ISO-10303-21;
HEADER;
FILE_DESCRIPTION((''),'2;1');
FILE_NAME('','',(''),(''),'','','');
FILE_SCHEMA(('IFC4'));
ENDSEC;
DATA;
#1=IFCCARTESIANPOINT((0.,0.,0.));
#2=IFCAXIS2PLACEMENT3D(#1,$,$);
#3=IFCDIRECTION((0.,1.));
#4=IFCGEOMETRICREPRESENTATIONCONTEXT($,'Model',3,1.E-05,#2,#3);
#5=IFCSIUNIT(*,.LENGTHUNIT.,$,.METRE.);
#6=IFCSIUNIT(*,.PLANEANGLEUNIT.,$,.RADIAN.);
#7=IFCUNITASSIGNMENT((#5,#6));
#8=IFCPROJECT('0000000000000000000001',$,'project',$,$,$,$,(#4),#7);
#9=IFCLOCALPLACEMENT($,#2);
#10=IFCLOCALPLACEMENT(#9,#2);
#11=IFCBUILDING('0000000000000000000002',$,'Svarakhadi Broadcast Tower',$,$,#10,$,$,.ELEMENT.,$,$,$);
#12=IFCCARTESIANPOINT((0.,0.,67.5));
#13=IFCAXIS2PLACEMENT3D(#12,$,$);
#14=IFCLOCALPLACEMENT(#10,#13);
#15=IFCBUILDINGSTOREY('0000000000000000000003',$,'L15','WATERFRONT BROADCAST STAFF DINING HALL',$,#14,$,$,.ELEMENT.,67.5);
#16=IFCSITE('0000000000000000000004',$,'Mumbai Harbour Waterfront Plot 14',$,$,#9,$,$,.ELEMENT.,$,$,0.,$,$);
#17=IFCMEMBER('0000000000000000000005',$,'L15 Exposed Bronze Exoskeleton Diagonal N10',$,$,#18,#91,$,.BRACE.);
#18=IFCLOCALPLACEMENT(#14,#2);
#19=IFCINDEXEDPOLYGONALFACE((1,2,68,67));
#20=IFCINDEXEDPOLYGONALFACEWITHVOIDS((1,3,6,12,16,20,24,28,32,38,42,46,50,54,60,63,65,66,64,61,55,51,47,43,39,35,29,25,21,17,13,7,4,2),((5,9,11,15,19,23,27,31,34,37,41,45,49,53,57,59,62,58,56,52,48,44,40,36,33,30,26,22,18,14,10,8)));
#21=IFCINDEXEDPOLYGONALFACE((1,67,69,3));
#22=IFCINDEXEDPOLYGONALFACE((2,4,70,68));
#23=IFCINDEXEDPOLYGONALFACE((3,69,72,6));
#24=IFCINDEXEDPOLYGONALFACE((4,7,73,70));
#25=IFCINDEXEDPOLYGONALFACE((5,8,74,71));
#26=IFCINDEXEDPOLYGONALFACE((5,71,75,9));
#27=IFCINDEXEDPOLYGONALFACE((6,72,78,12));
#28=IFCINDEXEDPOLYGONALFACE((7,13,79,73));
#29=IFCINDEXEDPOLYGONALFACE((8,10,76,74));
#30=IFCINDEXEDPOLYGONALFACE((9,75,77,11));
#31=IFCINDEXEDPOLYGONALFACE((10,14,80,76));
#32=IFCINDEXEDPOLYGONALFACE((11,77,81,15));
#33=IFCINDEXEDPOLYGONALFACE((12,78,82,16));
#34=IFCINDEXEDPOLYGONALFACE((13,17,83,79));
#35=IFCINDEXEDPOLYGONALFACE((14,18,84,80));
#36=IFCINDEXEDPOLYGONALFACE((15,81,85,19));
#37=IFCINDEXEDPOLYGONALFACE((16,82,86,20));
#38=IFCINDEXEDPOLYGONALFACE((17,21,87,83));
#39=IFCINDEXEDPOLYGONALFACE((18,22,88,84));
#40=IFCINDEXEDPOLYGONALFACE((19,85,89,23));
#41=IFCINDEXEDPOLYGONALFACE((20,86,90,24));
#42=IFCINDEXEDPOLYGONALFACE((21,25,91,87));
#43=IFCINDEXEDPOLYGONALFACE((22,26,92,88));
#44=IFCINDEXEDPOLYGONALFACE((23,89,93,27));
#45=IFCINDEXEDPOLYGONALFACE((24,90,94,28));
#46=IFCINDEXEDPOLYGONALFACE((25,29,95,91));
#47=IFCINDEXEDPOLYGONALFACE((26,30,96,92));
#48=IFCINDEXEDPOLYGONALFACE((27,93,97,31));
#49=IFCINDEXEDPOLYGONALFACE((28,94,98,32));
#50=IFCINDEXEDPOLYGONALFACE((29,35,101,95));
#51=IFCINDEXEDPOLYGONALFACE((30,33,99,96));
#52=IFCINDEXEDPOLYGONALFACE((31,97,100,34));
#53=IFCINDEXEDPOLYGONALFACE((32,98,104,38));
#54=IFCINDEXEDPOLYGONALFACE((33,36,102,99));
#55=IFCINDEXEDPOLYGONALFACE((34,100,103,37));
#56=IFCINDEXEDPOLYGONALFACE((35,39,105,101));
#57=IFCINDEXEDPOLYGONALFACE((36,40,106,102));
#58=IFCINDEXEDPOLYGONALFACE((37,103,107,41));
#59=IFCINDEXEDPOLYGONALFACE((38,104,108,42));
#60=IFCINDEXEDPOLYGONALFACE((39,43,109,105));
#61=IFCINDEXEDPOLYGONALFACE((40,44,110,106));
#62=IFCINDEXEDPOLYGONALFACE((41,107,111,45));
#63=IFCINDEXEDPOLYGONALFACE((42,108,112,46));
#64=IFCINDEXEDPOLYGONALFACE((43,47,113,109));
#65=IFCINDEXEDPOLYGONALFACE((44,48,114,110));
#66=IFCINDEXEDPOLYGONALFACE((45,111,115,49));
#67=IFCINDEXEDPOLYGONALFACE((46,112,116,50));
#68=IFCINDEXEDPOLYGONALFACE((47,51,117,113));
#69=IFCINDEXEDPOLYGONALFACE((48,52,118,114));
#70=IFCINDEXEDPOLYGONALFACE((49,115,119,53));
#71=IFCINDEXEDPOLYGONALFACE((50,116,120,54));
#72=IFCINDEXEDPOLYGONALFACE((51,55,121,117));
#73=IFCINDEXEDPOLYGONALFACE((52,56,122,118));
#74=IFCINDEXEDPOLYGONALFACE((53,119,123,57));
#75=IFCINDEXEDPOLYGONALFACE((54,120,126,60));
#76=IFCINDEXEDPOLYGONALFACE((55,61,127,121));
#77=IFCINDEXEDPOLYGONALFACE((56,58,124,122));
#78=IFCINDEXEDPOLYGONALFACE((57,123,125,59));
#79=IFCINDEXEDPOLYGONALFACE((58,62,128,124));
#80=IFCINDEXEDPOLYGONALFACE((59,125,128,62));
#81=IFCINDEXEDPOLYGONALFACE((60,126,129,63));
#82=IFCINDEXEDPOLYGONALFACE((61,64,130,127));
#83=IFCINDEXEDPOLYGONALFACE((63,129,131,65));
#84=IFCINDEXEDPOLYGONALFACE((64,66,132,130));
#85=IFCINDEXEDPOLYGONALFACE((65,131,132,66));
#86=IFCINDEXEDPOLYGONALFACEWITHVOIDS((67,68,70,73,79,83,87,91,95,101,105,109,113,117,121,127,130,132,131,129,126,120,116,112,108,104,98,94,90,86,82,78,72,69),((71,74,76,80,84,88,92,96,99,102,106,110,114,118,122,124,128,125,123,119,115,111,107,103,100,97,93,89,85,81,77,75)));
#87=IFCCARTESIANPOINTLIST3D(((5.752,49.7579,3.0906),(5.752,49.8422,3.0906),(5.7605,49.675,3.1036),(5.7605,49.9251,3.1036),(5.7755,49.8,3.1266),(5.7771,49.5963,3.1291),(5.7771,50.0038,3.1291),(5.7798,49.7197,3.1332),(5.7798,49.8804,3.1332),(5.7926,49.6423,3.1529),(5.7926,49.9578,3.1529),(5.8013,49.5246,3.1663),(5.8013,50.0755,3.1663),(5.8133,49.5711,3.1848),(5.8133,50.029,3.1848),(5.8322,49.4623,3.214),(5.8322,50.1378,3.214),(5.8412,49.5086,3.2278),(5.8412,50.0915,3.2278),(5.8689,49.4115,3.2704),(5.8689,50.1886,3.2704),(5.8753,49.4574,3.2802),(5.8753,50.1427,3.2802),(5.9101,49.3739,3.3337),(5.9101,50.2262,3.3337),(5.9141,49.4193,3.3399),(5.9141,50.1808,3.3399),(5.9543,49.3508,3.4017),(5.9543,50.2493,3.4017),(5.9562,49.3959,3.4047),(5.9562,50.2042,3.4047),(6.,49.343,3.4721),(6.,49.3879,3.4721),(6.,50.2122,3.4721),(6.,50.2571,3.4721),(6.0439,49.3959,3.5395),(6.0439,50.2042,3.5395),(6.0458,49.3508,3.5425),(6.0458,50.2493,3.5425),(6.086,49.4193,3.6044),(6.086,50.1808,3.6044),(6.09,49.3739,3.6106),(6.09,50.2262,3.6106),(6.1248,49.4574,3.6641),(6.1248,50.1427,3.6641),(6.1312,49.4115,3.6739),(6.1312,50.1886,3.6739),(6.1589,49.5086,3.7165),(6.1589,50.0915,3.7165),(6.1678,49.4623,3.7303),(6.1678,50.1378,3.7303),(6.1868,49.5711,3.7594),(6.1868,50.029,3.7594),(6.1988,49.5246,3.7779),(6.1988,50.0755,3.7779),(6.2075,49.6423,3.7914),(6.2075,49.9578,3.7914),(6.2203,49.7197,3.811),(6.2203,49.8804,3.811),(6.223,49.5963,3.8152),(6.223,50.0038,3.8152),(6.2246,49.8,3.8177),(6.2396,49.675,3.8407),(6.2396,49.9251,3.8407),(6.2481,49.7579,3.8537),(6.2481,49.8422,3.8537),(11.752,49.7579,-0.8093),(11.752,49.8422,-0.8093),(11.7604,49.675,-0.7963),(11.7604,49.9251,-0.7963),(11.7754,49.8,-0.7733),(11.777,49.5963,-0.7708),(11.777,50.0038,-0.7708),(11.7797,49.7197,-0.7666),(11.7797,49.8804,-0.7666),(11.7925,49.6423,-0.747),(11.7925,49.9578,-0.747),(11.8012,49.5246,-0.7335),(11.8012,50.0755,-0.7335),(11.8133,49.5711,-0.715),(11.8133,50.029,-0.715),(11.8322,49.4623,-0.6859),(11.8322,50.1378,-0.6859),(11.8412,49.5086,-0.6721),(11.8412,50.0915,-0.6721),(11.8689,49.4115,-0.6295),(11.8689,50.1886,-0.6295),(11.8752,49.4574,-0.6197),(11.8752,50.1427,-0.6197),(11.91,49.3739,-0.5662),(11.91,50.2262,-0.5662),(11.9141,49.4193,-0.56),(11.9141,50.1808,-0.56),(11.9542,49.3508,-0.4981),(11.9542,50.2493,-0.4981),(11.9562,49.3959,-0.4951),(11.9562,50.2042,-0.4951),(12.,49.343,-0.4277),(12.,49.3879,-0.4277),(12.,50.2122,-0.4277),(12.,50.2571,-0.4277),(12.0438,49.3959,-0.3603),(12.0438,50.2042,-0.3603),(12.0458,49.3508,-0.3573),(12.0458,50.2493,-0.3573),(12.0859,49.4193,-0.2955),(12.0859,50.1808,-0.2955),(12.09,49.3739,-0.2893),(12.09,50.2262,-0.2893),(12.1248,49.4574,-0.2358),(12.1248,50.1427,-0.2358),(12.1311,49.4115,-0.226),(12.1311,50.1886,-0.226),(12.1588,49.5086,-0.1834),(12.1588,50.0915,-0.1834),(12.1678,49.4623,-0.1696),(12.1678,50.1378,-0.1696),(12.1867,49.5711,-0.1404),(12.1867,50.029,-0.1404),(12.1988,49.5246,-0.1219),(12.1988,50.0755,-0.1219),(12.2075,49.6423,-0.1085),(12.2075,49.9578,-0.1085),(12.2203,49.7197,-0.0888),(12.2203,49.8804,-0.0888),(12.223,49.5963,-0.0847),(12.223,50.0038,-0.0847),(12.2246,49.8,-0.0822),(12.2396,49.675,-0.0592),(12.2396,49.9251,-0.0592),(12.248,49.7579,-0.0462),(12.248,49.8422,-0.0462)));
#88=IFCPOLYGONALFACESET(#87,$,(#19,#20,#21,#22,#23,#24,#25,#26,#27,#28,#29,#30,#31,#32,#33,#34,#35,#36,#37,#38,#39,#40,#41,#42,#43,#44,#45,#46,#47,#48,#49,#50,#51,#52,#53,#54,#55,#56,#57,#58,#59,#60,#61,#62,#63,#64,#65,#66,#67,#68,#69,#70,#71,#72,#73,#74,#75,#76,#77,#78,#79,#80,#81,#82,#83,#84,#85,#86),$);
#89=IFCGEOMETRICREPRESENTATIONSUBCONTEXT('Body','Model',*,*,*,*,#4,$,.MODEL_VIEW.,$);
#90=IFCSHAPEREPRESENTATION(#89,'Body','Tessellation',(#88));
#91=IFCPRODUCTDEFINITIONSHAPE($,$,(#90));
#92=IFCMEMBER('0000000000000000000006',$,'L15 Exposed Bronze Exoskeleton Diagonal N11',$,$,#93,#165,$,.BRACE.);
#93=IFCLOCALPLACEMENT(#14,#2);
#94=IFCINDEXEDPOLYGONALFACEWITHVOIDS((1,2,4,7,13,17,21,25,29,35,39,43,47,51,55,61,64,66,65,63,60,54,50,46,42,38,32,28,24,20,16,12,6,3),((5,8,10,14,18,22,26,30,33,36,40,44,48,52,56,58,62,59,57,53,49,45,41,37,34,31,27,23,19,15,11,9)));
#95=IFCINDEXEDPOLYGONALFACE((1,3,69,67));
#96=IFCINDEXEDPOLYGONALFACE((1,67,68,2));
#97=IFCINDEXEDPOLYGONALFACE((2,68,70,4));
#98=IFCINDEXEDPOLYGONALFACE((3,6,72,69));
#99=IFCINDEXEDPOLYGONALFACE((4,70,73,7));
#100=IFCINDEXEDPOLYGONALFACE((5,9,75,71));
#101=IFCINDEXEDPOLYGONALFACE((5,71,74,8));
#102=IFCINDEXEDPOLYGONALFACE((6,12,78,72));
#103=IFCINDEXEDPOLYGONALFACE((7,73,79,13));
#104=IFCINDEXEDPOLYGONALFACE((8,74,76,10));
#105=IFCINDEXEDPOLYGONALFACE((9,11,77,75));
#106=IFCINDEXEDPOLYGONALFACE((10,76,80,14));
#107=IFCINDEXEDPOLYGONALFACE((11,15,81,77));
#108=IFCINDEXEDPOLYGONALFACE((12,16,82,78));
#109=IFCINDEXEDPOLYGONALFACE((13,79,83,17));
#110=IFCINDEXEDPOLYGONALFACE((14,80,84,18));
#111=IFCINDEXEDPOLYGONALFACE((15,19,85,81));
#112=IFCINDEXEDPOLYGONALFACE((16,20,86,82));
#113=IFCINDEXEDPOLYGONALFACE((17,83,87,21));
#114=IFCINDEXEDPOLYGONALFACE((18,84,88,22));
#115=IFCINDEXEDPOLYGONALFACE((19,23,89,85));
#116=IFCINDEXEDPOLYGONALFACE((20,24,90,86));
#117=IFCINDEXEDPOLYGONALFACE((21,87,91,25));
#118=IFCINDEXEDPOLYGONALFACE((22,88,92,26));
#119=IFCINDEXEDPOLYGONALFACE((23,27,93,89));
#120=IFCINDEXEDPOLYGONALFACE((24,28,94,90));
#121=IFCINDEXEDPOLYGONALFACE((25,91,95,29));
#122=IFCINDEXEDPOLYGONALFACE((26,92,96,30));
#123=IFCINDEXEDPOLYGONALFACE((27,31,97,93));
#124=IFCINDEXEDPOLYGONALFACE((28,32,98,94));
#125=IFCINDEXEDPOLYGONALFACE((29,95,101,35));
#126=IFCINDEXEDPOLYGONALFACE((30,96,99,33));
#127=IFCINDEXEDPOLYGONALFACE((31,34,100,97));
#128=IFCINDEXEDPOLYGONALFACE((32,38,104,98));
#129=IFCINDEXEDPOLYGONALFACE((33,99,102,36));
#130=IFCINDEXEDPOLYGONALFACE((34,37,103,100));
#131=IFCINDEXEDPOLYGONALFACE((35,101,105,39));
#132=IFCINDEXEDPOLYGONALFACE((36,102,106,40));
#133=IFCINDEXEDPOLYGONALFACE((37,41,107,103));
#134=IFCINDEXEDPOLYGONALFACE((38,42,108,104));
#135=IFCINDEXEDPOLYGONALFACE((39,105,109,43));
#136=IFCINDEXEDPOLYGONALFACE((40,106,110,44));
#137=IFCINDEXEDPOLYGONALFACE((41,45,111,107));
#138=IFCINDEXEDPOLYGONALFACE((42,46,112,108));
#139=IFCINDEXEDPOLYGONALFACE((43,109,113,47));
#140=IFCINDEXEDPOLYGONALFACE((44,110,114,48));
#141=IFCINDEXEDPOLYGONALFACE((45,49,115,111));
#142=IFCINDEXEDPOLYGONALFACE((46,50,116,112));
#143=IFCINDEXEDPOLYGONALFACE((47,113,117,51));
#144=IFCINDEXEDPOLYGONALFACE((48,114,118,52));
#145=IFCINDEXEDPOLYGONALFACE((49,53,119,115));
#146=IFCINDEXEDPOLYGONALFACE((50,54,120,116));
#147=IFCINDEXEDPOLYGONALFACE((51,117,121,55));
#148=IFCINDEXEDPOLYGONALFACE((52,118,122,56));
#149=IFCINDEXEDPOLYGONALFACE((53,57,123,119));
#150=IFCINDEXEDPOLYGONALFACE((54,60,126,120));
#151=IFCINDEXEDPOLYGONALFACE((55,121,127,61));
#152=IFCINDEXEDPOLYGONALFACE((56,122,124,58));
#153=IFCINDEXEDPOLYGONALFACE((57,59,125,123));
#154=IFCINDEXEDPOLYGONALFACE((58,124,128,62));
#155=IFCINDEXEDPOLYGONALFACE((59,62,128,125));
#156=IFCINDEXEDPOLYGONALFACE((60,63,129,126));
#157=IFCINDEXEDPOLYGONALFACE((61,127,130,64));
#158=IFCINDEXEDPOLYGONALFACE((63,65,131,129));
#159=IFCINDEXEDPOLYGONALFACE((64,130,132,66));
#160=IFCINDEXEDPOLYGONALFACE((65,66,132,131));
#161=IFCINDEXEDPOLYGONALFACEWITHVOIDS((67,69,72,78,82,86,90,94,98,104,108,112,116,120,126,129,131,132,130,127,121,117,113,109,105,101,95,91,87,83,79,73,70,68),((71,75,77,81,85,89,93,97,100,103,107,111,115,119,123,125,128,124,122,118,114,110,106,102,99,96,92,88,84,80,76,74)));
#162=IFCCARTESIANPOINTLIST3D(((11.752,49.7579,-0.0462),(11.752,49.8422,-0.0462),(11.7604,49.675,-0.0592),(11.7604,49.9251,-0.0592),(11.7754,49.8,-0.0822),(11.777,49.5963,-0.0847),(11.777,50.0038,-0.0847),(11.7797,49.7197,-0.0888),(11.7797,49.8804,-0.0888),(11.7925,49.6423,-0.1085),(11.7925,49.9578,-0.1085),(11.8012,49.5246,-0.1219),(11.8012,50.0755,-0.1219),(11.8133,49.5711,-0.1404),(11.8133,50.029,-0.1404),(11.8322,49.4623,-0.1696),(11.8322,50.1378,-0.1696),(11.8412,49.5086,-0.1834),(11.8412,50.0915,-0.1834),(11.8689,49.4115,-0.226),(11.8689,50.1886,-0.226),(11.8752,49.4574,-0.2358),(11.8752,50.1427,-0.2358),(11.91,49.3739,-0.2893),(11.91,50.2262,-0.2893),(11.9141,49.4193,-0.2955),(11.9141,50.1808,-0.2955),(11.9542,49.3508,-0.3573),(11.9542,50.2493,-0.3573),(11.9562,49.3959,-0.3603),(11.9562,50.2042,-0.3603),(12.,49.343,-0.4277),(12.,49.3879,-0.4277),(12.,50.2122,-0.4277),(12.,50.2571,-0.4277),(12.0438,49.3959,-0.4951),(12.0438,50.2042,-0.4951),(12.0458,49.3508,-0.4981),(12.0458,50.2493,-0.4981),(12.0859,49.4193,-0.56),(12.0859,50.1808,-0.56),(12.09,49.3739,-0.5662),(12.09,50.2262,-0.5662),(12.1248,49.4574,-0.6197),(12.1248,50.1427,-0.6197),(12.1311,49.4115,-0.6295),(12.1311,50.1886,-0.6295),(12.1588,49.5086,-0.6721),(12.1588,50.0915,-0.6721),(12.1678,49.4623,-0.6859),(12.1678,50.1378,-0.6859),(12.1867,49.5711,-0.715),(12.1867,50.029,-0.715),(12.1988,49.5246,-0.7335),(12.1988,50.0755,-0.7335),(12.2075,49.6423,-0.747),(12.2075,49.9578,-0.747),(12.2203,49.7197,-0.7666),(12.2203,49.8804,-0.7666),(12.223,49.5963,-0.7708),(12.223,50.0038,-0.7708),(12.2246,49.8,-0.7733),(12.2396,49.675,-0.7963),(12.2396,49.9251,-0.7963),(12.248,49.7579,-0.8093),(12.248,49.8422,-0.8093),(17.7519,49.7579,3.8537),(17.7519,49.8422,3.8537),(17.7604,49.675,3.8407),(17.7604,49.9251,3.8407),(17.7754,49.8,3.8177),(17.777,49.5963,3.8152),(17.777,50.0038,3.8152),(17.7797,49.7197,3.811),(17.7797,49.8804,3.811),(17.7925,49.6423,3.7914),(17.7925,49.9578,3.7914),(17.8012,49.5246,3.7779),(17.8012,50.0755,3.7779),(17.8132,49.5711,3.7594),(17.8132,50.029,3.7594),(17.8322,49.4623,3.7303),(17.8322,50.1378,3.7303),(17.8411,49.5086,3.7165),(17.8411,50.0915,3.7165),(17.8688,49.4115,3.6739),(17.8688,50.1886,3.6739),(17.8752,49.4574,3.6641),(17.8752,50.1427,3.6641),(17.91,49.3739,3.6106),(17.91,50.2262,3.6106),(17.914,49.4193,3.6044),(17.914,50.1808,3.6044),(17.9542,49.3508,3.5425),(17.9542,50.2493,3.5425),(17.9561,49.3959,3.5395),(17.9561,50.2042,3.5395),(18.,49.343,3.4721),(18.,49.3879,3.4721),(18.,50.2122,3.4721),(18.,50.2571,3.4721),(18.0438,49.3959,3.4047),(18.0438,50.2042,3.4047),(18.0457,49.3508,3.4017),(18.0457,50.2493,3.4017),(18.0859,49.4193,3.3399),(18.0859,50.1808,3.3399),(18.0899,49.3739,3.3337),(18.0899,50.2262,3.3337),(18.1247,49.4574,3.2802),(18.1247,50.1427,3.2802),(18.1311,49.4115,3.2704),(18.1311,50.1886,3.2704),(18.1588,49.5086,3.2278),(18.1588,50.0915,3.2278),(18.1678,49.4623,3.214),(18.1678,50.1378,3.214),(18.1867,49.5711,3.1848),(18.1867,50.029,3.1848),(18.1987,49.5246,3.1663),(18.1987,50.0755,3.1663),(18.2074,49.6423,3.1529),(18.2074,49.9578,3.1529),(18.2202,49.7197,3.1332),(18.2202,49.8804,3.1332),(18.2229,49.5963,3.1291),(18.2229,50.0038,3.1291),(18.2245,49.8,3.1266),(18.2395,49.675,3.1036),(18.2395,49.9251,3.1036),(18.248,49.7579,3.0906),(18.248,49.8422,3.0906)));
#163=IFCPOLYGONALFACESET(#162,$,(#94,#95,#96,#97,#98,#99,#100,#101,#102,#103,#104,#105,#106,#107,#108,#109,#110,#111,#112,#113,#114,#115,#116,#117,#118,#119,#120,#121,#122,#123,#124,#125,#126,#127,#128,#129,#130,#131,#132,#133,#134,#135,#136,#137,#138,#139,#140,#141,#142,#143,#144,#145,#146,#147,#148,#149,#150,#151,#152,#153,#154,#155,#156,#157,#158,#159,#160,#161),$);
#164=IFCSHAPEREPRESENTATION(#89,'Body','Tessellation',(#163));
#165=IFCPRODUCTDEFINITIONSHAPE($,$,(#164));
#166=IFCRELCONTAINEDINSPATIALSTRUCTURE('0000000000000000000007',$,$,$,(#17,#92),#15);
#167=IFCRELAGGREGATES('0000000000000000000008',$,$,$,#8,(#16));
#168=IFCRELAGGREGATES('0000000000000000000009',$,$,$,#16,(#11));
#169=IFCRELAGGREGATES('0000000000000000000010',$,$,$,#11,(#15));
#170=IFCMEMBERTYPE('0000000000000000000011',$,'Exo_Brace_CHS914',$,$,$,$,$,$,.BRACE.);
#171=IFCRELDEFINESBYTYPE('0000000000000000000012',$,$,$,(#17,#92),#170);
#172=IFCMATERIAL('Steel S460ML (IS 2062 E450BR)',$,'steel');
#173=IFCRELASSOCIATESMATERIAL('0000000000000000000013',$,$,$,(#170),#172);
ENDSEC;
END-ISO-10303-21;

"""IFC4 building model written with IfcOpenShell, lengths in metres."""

from ifc_helpers import new_model, si_unit, direction, frame, origin, origin_2d, place, context, subcontext, project, spatial, hollow_circle, extrude, material, material_profile, profile_set, type_object, element, save


model = new_model("IFC4")

# Units and contexts
model_context = context("Model", 3, precision=1e-05, world=origin(), true_north=direction((0.0, 1.0)))
body_context = subcontext(model_context, "Body", "Model", "MODEL_VIEW")
ifc_project = project(units=[si_unit("LENGTHUNIT", "METRE"), si_unit("PLANEANGLEUNIT", "RADIAN")], contexts=[model_context])

# Site, building, storey
site_placement = place(None, origin())
site = spatial("IfcSite", under=ifc_project, at=site_placement, Name="Mumbai Harbour Waterfront Plot 14", CompositionType="ELEMENT", RefElevation=0.0)
building_placement = place(site_placement, origin())
building = spatial("IfcBuilding", under=site, at=building_placement, Name="Svarakhadi Broadcast Tower", CompositionType="ELEMENT")
storey_placement = place(building_placement, frame((0.0, 0.0, 67.5)))
storey = spatial("IfcBuildingStorey", under=building, at=storey_placement, Name="L15", Description="WATERFRONT BROADCAST STAFF DINING HALL", CompositionType="ELEMENT", Elevation=67.5)

# Shared definitions
ifc_material_1 = material(Name="Steel S460ML (IS 2062 E450BR)", Category="steel")

# Members
ifc_material_profile_1 = material_profile(ifc_material_1, hollow_circle(Radius=0.457, WallThickness=0.0449, at=origin_2d()), Name="CHS 914x45")
ifc_profile_set_1 = profile_set([ifc_material_profile_1], Name="Steel S460ML (IS 2062 E450BR)")
member_type_1 = type_object("IfcMemberType", Name="Exo_Brace_CHS914", PredefinedType="BRACE", material=ifc_profile_set_1)
for number, where, z_axis, x_axis, name in (
    (1, (12.0, 49.8, -0.4277), (-0.83845, 0.0, 0.544979), (0.0, -1.0, 0.0), "L15 Exposed Bronze Exoskeleton Diagonal N10"),
    (2, (12.0, 49.8, -0.4277), (0.83845, 0.0, 0.544979), (0.0, 1.0, 0.0), "L15 Exposed Bronze Exoskeleton Diagonal N11"),
):
    element("IfcMember", number, at=place(storey_placement, frame(where, z_axis=z_axis, x_axis=x_axis)), inside=storey, type_object=member_type_1, Name=name, PredefinedType="BRACE", context=body_context, shape_type="SweptSolid", body=[
        extrude(hollow_circle(Radius=0.457, WallThickness=0.0449, at=origin_2d()), origin(), (0.0, 0.0, 1.0), 7.156),
    ])

save(model, "model.ifc")
